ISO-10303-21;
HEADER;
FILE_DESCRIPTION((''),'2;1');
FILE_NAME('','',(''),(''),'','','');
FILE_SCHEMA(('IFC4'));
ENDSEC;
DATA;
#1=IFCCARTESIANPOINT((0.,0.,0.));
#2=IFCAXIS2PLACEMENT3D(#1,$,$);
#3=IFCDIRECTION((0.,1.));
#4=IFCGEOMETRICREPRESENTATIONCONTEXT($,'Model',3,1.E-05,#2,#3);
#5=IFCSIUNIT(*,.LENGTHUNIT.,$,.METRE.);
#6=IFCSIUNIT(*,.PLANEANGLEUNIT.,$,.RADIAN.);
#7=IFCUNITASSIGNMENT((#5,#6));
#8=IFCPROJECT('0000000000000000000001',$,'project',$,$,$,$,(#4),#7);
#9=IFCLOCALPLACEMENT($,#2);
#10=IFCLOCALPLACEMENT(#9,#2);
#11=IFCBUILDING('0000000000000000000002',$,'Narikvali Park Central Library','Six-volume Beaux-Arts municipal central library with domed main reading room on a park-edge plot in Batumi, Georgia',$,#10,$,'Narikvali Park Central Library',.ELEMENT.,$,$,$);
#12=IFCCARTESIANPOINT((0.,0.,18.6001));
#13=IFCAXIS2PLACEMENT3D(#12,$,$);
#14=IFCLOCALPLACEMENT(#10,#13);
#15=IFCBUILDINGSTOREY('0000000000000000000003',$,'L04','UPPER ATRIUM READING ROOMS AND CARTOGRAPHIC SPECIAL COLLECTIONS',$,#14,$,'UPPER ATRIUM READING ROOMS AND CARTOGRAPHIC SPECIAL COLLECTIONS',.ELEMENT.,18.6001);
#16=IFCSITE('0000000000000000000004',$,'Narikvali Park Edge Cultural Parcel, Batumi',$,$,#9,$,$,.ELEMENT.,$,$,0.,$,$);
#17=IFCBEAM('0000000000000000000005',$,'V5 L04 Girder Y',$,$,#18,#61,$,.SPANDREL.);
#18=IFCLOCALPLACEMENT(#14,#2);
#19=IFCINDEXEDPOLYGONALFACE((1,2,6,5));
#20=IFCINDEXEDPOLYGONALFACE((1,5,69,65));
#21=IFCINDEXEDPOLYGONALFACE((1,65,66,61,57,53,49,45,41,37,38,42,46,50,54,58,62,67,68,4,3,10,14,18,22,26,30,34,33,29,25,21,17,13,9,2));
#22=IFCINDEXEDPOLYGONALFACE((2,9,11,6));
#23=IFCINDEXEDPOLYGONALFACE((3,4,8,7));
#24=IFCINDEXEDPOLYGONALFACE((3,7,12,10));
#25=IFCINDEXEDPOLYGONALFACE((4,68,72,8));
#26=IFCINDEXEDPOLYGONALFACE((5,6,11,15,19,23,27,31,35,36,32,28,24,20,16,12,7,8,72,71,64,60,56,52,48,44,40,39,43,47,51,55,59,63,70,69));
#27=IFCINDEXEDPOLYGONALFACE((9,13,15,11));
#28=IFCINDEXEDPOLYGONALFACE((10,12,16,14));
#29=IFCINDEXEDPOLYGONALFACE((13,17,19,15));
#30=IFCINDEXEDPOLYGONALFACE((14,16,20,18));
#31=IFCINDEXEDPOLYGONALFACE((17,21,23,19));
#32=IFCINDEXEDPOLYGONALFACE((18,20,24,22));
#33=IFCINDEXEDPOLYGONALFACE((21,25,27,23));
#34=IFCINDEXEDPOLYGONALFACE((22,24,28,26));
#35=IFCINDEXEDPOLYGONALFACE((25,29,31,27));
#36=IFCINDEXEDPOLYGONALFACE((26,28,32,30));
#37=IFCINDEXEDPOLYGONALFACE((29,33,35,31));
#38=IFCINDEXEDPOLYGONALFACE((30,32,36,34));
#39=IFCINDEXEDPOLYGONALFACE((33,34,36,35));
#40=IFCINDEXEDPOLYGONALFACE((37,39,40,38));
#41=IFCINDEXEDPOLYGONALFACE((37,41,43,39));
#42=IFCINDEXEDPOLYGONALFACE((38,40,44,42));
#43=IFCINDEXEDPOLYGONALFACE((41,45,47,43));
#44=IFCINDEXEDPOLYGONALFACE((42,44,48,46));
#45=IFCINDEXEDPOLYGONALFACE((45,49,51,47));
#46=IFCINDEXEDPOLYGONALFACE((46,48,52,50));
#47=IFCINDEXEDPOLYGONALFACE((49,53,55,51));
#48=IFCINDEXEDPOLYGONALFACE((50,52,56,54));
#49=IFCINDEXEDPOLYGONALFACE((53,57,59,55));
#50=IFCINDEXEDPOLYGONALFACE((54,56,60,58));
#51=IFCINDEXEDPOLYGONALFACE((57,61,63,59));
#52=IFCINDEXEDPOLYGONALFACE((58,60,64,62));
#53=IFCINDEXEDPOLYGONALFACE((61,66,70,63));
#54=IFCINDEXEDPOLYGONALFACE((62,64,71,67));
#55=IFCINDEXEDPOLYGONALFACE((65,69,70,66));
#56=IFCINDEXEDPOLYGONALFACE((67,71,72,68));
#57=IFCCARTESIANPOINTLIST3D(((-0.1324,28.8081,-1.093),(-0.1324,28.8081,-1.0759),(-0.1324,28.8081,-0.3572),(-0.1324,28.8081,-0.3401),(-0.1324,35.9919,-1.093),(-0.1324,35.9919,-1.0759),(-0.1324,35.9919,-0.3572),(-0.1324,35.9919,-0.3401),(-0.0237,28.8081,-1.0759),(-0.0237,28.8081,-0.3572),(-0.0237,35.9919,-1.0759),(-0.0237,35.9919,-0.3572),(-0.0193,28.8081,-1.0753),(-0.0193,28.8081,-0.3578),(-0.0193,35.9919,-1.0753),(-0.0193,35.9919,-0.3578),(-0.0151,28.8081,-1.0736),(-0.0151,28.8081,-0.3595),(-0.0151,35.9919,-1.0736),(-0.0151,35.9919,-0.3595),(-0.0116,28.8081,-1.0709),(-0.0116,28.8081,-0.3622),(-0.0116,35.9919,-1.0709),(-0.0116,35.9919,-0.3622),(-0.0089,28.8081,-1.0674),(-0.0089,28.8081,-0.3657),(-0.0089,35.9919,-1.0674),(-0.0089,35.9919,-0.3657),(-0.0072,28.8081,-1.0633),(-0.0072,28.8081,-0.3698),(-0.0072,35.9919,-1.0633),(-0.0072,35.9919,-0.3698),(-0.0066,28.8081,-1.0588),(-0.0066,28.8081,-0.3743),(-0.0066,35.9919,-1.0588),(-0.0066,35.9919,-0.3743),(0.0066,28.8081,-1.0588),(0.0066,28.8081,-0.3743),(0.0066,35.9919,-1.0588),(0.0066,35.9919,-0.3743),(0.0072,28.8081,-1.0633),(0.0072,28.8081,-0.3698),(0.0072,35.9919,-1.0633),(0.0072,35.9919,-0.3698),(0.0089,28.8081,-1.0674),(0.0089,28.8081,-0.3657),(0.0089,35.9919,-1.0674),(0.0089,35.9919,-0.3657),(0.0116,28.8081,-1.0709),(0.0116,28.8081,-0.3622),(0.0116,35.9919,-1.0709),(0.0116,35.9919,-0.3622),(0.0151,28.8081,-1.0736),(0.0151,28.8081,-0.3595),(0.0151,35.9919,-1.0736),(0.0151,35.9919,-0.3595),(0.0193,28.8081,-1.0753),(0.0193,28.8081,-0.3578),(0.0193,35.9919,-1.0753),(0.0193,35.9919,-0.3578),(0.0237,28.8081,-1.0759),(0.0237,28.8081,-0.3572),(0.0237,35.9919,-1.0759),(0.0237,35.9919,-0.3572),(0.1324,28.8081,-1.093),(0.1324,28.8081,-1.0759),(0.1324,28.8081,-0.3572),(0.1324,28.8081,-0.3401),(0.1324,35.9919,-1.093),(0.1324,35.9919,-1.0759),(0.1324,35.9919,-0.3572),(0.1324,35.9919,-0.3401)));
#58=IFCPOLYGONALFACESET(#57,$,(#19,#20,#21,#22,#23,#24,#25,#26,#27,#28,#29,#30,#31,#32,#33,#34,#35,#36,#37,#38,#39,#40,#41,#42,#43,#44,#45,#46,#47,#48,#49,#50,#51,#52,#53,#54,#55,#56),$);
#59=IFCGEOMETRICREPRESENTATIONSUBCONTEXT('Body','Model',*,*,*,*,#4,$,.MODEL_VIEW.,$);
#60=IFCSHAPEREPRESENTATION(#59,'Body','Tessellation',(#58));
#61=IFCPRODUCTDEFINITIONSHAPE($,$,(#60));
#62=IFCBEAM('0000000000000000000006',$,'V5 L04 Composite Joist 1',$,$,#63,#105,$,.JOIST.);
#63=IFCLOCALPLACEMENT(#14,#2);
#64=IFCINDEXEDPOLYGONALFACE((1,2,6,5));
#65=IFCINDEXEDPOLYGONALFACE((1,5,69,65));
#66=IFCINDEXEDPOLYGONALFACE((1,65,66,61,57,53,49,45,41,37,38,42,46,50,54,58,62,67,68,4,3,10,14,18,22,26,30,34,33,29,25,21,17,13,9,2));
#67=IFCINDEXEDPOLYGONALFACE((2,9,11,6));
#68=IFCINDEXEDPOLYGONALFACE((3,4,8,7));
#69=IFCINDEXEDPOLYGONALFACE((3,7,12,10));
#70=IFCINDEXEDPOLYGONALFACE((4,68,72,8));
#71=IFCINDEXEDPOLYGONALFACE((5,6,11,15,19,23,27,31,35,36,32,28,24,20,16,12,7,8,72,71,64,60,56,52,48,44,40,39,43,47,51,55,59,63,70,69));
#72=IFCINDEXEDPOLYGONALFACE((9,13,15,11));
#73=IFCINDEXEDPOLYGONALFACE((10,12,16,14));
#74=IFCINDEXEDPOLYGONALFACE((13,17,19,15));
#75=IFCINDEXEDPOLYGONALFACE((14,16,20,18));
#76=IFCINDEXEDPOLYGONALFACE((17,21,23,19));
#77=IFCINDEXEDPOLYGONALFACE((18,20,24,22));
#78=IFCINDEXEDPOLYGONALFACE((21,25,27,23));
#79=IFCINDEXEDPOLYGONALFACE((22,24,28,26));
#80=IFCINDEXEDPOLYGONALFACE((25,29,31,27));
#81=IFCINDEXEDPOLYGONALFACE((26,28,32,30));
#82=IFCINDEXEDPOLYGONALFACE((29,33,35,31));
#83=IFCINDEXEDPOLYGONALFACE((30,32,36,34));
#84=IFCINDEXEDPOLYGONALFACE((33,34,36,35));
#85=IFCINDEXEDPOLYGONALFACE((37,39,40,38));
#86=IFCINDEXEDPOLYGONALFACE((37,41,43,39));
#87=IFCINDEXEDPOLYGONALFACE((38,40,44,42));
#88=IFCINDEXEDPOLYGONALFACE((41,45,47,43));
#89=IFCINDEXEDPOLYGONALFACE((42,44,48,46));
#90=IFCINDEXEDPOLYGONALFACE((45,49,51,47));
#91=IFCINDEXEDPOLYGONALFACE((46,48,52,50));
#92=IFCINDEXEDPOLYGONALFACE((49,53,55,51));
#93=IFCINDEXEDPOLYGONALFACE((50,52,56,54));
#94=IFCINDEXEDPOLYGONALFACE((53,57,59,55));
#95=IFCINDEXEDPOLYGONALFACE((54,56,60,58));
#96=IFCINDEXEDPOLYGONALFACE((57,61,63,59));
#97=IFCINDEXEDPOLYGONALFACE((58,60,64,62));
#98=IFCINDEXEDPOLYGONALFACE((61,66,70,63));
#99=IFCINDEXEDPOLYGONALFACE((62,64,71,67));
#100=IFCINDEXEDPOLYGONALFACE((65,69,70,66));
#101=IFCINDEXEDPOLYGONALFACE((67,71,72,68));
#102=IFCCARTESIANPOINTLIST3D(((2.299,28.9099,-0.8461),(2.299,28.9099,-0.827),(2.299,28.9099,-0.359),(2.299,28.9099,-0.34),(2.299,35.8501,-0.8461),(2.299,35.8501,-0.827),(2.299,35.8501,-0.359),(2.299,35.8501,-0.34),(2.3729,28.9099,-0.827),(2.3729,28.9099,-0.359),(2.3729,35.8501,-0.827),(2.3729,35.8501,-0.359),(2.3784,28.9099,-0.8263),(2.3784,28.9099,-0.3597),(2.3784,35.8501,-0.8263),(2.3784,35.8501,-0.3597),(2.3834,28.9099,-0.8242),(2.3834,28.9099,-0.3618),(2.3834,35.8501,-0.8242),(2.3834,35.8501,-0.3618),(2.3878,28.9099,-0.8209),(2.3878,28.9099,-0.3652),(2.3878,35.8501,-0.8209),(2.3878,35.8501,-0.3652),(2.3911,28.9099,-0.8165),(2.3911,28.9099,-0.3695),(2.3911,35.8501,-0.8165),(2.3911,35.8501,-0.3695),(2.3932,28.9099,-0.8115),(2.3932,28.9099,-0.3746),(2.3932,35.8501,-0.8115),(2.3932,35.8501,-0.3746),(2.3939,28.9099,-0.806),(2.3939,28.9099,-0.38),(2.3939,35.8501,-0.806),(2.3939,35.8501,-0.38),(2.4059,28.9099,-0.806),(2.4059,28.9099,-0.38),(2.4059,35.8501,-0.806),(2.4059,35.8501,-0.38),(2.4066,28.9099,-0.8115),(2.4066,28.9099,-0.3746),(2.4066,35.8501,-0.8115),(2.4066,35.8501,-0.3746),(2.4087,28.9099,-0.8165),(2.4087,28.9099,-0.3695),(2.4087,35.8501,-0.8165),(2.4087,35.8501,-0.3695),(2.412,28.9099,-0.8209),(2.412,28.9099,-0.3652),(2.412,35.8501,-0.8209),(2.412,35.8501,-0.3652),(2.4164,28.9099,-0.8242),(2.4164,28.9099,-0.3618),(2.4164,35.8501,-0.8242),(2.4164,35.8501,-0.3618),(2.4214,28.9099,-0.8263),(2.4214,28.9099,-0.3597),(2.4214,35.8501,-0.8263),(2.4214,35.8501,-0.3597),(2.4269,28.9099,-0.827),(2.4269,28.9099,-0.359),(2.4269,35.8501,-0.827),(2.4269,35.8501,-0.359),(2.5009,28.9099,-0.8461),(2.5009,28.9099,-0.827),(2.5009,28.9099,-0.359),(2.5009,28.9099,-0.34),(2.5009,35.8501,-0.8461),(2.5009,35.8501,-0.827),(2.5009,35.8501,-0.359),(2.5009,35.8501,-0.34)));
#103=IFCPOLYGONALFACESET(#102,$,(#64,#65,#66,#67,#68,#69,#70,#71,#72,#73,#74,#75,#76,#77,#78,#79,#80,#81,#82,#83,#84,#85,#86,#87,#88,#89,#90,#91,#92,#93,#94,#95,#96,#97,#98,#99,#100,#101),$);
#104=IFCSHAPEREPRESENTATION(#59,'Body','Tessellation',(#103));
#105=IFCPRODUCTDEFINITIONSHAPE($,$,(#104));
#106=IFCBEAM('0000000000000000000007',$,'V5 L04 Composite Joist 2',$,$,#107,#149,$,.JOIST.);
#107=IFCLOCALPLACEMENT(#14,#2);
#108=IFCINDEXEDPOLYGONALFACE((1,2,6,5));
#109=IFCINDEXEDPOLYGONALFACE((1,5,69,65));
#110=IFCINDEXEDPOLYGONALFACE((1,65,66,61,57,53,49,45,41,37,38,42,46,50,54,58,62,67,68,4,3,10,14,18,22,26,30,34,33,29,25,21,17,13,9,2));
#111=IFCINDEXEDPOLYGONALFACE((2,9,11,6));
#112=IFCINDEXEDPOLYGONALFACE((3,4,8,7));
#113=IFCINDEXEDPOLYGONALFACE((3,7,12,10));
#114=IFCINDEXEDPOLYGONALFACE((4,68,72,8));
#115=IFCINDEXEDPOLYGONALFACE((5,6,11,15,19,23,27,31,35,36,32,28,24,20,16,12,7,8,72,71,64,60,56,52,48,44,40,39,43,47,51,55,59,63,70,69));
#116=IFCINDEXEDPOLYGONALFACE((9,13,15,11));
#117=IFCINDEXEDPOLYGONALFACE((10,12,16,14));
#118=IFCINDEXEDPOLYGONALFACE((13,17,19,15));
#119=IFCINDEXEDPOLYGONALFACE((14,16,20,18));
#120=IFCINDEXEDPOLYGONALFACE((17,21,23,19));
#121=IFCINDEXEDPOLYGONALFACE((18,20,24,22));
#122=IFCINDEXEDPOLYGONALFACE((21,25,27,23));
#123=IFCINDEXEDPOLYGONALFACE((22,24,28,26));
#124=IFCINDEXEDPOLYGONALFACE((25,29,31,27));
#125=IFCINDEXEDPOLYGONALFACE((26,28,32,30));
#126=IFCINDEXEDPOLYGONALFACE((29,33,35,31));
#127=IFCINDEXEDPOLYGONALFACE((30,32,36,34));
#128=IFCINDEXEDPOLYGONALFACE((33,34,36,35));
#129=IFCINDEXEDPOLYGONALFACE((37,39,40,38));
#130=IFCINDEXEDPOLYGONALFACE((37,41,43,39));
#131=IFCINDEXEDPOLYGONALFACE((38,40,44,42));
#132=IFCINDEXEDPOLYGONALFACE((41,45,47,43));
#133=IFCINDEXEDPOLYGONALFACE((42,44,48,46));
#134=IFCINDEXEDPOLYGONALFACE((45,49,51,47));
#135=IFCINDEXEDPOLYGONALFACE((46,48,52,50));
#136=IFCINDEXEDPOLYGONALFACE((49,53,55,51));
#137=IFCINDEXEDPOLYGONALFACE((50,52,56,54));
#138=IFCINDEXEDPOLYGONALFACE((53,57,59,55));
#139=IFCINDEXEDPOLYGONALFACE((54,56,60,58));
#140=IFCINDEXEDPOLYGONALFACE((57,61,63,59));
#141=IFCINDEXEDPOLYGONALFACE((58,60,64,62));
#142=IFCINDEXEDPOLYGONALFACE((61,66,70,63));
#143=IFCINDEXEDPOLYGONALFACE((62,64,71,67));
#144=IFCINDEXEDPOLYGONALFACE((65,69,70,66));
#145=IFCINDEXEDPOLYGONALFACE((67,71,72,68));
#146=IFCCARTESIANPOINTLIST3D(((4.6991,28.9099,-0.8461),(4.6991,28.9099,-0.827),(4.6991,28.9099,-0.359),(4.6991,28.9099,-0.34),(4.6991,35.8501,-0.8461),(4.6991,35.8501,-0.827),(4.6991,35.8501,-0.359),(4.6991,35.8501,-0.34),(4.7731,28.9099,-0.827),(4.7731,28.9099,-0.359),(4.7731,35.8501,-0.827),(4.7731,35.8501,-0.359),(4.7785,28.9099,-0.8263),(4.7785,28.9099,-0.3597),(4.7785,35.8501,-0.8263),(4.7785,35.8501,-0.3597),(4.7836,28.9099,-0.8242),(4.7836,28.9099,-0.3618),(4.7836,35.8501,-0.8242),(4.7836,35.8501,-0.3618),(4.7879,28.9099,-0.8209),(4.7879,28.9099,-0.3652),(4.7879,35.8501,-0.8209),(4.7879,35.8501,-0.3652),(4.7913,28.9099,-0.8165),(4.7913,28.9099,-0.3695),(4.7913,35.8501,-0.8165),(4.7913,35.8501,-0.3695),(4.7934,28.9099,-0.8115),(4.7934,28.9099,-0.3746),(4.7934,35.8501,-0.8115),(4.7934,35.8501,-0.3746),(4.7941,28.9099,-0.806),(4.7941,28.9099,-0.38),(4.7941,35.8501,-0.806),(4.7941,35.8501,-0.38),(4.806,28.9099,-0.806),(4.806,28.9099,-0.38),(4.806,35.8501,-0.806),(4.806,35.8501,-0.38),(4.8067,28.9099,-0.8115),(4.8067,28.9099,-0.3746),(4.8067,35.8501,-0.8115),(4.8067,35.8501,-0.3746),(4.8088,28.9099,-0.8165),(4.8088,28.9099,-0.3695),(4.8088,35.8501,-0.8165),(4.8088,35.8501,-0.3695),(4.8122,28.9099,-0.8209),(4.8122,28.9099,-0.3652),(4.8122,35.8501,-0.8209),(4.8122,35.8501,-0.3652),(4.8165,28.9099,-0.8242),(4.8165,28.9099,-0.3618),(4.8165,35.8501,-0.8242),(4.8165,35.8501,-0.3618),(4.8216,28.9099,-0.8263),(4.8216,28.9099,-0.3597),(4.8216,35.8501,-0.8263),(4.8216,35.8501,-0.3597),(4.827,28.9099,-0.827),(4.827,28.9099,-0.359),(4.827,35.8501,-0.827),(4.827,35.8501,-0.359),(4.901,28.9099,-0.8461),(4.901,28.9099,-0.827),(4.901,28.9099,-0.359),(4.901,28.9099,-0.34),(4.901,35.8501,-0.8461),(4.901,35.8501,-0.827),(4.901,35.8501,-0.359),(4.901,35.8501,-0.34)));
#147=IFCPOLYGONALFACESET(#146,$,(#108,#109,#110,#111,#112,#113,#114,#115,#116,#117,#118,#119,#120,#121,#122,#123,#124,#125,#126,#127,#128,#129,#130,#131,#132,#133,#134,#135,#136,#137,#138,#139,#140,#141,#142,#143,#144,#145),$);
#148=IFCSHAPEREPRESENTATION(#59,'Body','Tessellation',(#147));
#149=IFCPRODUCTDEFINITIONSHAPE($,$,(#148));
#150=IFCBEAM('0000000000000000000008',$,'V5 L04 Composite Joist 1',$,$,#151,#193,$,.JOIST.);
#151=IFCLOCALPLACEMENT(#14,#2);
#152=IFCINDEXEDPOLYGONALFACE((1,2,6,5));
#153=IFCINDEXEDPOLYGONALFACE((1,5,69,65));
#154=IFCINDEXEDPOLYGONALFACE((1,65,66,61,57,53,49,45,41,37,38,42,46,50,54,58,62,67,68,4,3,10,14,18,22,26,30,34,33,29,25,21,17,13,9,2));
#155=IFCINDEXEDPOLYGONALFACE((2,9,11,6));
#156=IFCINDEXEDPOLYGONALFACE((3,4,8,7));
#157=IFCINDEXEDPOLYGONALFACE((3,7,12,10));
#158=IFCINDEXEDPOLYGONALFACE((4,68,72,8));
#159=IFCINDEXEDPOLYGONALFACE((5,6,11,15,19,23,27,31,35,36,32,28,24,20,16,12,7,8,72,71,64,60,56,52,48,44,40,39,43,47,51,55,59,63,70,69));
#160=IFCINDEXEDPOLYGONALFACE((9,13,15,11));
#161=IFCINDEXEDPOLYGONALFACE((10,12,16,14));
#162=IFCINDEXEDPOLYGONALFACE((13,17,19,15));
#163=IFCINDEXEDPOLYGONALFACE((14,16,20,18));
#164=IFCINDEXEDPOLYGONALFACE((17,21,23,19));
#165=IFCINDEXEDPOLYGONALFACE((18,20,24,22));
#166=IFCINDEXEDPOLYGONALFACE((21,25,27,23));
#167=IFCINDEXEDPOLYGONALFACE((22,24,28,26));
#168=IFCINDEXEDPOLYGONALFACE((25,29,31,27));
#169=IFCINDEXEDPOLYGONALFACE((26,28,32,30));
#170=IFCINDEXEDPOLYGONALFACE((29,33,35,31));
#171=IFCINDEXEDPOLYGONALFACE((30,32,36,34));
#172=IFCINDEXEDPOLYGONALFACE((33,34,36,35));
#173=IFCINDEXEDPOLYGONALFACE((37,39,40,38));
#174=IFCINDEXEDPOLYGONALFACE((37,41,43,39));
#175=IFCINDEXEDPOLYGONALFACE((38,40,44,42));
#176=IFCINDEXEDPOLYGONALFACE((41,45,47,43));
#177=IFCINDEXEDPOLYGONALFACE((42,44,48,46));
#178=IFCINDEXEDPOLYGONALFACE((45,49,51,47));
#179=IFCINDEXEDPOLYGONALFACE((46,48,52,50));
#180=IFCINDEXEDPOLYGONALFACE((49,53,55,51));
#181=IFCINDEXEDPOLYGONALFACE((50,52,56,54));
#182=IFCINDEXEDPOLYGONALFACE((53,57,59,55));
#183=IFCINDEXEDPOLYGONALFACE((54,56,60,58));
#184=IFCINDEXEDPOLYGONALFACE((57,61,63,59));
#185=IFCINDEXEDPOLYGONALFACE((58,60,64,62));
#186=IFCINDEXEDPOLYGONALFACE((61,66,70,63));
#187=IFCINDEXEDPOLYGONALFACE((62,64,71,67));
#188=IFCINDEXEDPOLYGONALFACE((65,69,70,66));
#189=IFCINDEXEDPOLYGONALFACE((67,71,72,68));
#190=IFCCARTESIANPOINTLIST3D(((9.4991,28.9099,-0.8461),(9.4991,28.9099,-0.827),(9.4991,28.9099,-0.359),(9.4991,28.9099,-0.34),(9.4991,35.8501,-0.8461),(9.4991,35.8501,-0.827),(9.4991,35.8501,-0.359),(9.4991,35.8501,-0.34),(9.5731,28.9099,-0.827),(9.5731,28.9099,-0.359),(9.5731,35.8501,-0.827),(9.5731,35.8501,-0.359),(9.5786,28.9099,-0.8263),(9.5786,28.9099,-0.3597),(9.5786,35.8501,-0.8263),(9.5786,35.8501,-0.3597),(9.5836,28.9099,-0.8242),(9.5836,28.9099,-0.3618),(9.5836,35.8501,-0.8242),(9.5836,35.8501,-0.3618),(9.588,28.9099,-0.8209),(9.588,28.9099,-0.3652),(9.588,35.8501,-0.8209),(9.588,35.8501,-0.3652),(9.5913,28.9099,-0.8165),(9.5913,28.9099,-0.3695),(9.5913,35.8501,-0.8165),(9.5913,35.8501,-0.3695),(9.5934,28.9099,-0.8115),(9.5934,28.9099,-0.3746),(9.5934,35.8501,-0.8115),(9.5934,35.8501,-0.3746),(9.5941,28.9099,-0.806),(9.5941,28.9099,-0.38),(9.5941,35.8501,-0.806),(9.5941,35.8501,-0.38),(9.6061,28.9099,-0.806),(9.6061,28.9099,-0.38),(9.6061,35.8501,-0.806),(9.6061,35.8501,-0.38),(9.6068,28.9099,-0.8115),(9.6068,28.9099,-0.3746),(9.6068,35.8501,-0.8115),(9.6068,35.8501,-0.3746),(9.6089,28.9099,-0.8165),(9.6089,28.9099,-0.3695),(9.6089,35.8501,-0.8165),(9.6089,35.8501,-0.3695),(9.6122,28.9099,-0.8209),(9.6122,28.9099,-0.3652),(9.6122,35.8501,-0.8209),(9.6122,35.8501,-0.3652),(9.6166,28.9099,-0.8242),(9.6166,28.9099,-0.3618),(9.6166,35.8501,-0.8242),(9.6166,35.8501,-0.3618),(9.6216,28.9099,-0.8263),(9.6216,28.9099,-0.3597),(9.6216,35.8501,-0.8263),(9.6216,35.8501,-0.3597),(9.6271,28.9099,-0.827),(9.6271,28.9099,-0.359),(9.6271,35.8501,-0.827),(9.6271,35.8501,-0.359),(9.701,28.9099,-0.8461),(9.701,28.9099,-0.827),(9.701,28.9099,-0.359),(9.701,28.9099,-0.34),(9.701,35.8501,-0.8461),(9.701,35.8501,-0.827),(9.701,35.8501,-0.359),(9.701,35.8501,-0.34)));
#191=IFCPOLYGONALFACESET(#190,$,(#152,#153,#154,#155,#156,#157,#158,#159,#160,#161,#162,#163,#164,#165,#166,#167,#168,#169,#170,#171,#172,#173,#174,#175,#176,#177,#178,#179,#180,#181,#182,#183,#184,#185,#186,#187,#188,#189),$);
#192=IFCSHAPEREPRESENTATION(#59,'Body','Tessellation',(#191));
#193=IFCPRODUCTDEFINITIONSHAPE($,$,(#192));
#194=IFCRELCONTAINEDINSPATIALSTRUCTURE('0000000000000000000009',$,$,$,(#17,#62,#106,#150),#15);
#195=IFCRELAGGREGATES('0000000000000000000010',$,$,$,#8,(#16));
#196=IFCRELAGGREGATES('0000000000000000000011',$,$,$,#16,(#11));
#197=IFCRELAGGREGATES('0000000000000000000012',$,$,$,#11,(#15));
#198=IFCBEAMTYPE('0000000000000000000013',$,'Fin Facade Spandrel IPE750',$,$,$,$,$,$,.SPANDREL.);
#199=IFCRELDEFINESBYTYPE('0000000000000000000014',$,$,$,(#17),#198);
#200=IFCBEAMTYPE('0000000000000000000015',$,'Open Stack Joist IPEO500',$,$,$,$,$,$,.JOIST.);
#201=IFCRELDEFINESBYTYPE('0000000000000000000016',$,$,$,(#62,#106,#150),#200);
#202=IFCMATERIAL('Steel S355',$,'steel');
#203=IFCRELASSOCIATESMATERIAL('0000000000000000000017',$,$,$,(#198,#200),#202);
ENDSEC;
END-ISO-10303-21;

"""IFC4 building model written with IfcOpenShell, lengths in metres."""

from ifc_helpers import new_model, si_unit, direction, frame, origin, origin_2d, place, context, subcontext, project, spatial, i_section, extrude, material, material_profile, profile_set, type_object, element, save


model = new_model("IFC4")

# Units and contexts
model_context = context("Model", 3, precision=1e-05, world=origin(), true_north=direction((0.0, 1.0)))
body_context = subcontext(model_context, "Body", "Model", "MODEL_VIEW")
ifc_project = project(units=[si_unit("LENGTHUNIT", "METRE"), si_unit("PLANEANGLEUNIT", "RADIAN")], contexts=[model_context])

# Site, building, storey
site_placement = place(None, origin())
site = spatial("IfcSite", under=ifc_project, at=site_placement, Name="Narikvali Park Edge Cultural Parcel, Batumi", CompositionType="ELEMENT", RefElevation=0.0)
building_placement = place(site_placement, origin())
building = spatial("IfcBuilding", under=site, at=building_placement, Name="Narikvali Park Central Library", Description="Six-volume Beaux-Arts municipal central library with domed main reading room on a park-edge plot in Batumi, Georgia", LongName="Narikvali Park Central Library", CompositionType="ELEMENT")
storey_placement = place(building_placement, frame((0.0, 0.0, 18.6001)))
storey = spatial("IfcBuildingStorey", under=building, at=storey_placement, Name="L04", Description="UPPER ATRIUM READING ROOMS AND CARTOGRAPHIC SPECIAL COLLECTIONS", LongName="UPPER ATRIUM READING ROOMS AND CARTOGRAPHIC SPECIAL COLLECTIONS", CompositionType="ELEMENT", Elevation=18.6001)

# Beams
ifc_material_1 = material(Name="Steel S355", Category="steel")
ifc_material_profile_1 = material_profile(ifc_material_1, i_section(OverallWidth=0.2649, OverallDepth=0.7529, WebThickness=0.0132, FlangeThickness=0.0171, FilletRadius=0.0171, at=origin_2d()), Name="IPE 750x147")
ifc_profile_set_1 = profile_set([ifc_material_profile_1], Name="Steel S355")
beam_type_1 = type_object("IfcBeamType", Name="Fin Facade Spandrel IPE750", PredefinedType="SPANDREL", material=ifc_profile_set_1)
beam_1_placement = place(storey_placement, frame((0.0, 28.8081, -0.7166), z_axis=(0.0, 1.0, 0.0), x_axis=(-1.0, 0.0, 0.0)))
element("IfcBeam", 1, at=beam_1_placement, inside=storey, type_object=beam_type_1, Name="V5 L04 Girder Y", PredefinedType="SPANDREL", context=body_context, shape_type="SweptSolid", body=[
    extrude(i_section(OverallWidth=0.2649, OverallDepth=0.7529, WebThickness=0.0132, FlangeThickness=0.0171, FilletRadius=0.0171, at=origin_2d()), origin(), (0.0, 0.0, 1.0), 7.1838),
])
ifc_material_profile_2 = material_profile(ifc_material_1, i_section(OverallWidth=0.2019, OverallDepth=0.5061, WebThickness=0.012, FlangeThickness=0.019, FilletRadius=0.021, at=origin_2d()), Name="IPEO 500")
ifc_profile_set_2 = profile_set([ifc_material_profile_2], Name="Steel S355")
beam_type_2 = type_object("IfcBeamType", Name="Open Stack Joist IPEO500", PredefinedType="JOIST", material=ifc_profile_set_2)
for number, where, z_axis, x_axis, name in (
    (2, (2.3999, 28.9099, -0.593), (0.0, 1.0, 0.0), (-1.0, 0.0, 0.0), "V5 L04 Composite Joist 1"),
    (3, (4.8, 28.9099, -0.593), (0.0, 1.0, 0.0), (-1.0, 0.0, 0.0), "V5 L04 Composite Joist 2"),
    (4, (9.6001, 28.9099, -0.593), (0.0, 1.0, 0.0), (-1.0, 0.0, 0.0), "V5 L04 Composite Joist 1"),
):
    element("IfcBeam", number, at=place(storey_placement, frame(where, z_axis=z_axis, x_axis=x_axis)), inside=storey, type_object=beam_type_2, Name=name, PredefinedType="JOIST", context=body_context, shape_type="SweptSolid", body=[
        extrude(i_section(OverallWidth=0.2019, OverallDepth=0.5061, WebThickness=0.012, FlangeThickness=0.019, FilletRadius=0.021, at=origin_2d()), origin(), (0.0, 0.0, 1.0), 6.9402),
    ])

save(model, "model.ifc")
